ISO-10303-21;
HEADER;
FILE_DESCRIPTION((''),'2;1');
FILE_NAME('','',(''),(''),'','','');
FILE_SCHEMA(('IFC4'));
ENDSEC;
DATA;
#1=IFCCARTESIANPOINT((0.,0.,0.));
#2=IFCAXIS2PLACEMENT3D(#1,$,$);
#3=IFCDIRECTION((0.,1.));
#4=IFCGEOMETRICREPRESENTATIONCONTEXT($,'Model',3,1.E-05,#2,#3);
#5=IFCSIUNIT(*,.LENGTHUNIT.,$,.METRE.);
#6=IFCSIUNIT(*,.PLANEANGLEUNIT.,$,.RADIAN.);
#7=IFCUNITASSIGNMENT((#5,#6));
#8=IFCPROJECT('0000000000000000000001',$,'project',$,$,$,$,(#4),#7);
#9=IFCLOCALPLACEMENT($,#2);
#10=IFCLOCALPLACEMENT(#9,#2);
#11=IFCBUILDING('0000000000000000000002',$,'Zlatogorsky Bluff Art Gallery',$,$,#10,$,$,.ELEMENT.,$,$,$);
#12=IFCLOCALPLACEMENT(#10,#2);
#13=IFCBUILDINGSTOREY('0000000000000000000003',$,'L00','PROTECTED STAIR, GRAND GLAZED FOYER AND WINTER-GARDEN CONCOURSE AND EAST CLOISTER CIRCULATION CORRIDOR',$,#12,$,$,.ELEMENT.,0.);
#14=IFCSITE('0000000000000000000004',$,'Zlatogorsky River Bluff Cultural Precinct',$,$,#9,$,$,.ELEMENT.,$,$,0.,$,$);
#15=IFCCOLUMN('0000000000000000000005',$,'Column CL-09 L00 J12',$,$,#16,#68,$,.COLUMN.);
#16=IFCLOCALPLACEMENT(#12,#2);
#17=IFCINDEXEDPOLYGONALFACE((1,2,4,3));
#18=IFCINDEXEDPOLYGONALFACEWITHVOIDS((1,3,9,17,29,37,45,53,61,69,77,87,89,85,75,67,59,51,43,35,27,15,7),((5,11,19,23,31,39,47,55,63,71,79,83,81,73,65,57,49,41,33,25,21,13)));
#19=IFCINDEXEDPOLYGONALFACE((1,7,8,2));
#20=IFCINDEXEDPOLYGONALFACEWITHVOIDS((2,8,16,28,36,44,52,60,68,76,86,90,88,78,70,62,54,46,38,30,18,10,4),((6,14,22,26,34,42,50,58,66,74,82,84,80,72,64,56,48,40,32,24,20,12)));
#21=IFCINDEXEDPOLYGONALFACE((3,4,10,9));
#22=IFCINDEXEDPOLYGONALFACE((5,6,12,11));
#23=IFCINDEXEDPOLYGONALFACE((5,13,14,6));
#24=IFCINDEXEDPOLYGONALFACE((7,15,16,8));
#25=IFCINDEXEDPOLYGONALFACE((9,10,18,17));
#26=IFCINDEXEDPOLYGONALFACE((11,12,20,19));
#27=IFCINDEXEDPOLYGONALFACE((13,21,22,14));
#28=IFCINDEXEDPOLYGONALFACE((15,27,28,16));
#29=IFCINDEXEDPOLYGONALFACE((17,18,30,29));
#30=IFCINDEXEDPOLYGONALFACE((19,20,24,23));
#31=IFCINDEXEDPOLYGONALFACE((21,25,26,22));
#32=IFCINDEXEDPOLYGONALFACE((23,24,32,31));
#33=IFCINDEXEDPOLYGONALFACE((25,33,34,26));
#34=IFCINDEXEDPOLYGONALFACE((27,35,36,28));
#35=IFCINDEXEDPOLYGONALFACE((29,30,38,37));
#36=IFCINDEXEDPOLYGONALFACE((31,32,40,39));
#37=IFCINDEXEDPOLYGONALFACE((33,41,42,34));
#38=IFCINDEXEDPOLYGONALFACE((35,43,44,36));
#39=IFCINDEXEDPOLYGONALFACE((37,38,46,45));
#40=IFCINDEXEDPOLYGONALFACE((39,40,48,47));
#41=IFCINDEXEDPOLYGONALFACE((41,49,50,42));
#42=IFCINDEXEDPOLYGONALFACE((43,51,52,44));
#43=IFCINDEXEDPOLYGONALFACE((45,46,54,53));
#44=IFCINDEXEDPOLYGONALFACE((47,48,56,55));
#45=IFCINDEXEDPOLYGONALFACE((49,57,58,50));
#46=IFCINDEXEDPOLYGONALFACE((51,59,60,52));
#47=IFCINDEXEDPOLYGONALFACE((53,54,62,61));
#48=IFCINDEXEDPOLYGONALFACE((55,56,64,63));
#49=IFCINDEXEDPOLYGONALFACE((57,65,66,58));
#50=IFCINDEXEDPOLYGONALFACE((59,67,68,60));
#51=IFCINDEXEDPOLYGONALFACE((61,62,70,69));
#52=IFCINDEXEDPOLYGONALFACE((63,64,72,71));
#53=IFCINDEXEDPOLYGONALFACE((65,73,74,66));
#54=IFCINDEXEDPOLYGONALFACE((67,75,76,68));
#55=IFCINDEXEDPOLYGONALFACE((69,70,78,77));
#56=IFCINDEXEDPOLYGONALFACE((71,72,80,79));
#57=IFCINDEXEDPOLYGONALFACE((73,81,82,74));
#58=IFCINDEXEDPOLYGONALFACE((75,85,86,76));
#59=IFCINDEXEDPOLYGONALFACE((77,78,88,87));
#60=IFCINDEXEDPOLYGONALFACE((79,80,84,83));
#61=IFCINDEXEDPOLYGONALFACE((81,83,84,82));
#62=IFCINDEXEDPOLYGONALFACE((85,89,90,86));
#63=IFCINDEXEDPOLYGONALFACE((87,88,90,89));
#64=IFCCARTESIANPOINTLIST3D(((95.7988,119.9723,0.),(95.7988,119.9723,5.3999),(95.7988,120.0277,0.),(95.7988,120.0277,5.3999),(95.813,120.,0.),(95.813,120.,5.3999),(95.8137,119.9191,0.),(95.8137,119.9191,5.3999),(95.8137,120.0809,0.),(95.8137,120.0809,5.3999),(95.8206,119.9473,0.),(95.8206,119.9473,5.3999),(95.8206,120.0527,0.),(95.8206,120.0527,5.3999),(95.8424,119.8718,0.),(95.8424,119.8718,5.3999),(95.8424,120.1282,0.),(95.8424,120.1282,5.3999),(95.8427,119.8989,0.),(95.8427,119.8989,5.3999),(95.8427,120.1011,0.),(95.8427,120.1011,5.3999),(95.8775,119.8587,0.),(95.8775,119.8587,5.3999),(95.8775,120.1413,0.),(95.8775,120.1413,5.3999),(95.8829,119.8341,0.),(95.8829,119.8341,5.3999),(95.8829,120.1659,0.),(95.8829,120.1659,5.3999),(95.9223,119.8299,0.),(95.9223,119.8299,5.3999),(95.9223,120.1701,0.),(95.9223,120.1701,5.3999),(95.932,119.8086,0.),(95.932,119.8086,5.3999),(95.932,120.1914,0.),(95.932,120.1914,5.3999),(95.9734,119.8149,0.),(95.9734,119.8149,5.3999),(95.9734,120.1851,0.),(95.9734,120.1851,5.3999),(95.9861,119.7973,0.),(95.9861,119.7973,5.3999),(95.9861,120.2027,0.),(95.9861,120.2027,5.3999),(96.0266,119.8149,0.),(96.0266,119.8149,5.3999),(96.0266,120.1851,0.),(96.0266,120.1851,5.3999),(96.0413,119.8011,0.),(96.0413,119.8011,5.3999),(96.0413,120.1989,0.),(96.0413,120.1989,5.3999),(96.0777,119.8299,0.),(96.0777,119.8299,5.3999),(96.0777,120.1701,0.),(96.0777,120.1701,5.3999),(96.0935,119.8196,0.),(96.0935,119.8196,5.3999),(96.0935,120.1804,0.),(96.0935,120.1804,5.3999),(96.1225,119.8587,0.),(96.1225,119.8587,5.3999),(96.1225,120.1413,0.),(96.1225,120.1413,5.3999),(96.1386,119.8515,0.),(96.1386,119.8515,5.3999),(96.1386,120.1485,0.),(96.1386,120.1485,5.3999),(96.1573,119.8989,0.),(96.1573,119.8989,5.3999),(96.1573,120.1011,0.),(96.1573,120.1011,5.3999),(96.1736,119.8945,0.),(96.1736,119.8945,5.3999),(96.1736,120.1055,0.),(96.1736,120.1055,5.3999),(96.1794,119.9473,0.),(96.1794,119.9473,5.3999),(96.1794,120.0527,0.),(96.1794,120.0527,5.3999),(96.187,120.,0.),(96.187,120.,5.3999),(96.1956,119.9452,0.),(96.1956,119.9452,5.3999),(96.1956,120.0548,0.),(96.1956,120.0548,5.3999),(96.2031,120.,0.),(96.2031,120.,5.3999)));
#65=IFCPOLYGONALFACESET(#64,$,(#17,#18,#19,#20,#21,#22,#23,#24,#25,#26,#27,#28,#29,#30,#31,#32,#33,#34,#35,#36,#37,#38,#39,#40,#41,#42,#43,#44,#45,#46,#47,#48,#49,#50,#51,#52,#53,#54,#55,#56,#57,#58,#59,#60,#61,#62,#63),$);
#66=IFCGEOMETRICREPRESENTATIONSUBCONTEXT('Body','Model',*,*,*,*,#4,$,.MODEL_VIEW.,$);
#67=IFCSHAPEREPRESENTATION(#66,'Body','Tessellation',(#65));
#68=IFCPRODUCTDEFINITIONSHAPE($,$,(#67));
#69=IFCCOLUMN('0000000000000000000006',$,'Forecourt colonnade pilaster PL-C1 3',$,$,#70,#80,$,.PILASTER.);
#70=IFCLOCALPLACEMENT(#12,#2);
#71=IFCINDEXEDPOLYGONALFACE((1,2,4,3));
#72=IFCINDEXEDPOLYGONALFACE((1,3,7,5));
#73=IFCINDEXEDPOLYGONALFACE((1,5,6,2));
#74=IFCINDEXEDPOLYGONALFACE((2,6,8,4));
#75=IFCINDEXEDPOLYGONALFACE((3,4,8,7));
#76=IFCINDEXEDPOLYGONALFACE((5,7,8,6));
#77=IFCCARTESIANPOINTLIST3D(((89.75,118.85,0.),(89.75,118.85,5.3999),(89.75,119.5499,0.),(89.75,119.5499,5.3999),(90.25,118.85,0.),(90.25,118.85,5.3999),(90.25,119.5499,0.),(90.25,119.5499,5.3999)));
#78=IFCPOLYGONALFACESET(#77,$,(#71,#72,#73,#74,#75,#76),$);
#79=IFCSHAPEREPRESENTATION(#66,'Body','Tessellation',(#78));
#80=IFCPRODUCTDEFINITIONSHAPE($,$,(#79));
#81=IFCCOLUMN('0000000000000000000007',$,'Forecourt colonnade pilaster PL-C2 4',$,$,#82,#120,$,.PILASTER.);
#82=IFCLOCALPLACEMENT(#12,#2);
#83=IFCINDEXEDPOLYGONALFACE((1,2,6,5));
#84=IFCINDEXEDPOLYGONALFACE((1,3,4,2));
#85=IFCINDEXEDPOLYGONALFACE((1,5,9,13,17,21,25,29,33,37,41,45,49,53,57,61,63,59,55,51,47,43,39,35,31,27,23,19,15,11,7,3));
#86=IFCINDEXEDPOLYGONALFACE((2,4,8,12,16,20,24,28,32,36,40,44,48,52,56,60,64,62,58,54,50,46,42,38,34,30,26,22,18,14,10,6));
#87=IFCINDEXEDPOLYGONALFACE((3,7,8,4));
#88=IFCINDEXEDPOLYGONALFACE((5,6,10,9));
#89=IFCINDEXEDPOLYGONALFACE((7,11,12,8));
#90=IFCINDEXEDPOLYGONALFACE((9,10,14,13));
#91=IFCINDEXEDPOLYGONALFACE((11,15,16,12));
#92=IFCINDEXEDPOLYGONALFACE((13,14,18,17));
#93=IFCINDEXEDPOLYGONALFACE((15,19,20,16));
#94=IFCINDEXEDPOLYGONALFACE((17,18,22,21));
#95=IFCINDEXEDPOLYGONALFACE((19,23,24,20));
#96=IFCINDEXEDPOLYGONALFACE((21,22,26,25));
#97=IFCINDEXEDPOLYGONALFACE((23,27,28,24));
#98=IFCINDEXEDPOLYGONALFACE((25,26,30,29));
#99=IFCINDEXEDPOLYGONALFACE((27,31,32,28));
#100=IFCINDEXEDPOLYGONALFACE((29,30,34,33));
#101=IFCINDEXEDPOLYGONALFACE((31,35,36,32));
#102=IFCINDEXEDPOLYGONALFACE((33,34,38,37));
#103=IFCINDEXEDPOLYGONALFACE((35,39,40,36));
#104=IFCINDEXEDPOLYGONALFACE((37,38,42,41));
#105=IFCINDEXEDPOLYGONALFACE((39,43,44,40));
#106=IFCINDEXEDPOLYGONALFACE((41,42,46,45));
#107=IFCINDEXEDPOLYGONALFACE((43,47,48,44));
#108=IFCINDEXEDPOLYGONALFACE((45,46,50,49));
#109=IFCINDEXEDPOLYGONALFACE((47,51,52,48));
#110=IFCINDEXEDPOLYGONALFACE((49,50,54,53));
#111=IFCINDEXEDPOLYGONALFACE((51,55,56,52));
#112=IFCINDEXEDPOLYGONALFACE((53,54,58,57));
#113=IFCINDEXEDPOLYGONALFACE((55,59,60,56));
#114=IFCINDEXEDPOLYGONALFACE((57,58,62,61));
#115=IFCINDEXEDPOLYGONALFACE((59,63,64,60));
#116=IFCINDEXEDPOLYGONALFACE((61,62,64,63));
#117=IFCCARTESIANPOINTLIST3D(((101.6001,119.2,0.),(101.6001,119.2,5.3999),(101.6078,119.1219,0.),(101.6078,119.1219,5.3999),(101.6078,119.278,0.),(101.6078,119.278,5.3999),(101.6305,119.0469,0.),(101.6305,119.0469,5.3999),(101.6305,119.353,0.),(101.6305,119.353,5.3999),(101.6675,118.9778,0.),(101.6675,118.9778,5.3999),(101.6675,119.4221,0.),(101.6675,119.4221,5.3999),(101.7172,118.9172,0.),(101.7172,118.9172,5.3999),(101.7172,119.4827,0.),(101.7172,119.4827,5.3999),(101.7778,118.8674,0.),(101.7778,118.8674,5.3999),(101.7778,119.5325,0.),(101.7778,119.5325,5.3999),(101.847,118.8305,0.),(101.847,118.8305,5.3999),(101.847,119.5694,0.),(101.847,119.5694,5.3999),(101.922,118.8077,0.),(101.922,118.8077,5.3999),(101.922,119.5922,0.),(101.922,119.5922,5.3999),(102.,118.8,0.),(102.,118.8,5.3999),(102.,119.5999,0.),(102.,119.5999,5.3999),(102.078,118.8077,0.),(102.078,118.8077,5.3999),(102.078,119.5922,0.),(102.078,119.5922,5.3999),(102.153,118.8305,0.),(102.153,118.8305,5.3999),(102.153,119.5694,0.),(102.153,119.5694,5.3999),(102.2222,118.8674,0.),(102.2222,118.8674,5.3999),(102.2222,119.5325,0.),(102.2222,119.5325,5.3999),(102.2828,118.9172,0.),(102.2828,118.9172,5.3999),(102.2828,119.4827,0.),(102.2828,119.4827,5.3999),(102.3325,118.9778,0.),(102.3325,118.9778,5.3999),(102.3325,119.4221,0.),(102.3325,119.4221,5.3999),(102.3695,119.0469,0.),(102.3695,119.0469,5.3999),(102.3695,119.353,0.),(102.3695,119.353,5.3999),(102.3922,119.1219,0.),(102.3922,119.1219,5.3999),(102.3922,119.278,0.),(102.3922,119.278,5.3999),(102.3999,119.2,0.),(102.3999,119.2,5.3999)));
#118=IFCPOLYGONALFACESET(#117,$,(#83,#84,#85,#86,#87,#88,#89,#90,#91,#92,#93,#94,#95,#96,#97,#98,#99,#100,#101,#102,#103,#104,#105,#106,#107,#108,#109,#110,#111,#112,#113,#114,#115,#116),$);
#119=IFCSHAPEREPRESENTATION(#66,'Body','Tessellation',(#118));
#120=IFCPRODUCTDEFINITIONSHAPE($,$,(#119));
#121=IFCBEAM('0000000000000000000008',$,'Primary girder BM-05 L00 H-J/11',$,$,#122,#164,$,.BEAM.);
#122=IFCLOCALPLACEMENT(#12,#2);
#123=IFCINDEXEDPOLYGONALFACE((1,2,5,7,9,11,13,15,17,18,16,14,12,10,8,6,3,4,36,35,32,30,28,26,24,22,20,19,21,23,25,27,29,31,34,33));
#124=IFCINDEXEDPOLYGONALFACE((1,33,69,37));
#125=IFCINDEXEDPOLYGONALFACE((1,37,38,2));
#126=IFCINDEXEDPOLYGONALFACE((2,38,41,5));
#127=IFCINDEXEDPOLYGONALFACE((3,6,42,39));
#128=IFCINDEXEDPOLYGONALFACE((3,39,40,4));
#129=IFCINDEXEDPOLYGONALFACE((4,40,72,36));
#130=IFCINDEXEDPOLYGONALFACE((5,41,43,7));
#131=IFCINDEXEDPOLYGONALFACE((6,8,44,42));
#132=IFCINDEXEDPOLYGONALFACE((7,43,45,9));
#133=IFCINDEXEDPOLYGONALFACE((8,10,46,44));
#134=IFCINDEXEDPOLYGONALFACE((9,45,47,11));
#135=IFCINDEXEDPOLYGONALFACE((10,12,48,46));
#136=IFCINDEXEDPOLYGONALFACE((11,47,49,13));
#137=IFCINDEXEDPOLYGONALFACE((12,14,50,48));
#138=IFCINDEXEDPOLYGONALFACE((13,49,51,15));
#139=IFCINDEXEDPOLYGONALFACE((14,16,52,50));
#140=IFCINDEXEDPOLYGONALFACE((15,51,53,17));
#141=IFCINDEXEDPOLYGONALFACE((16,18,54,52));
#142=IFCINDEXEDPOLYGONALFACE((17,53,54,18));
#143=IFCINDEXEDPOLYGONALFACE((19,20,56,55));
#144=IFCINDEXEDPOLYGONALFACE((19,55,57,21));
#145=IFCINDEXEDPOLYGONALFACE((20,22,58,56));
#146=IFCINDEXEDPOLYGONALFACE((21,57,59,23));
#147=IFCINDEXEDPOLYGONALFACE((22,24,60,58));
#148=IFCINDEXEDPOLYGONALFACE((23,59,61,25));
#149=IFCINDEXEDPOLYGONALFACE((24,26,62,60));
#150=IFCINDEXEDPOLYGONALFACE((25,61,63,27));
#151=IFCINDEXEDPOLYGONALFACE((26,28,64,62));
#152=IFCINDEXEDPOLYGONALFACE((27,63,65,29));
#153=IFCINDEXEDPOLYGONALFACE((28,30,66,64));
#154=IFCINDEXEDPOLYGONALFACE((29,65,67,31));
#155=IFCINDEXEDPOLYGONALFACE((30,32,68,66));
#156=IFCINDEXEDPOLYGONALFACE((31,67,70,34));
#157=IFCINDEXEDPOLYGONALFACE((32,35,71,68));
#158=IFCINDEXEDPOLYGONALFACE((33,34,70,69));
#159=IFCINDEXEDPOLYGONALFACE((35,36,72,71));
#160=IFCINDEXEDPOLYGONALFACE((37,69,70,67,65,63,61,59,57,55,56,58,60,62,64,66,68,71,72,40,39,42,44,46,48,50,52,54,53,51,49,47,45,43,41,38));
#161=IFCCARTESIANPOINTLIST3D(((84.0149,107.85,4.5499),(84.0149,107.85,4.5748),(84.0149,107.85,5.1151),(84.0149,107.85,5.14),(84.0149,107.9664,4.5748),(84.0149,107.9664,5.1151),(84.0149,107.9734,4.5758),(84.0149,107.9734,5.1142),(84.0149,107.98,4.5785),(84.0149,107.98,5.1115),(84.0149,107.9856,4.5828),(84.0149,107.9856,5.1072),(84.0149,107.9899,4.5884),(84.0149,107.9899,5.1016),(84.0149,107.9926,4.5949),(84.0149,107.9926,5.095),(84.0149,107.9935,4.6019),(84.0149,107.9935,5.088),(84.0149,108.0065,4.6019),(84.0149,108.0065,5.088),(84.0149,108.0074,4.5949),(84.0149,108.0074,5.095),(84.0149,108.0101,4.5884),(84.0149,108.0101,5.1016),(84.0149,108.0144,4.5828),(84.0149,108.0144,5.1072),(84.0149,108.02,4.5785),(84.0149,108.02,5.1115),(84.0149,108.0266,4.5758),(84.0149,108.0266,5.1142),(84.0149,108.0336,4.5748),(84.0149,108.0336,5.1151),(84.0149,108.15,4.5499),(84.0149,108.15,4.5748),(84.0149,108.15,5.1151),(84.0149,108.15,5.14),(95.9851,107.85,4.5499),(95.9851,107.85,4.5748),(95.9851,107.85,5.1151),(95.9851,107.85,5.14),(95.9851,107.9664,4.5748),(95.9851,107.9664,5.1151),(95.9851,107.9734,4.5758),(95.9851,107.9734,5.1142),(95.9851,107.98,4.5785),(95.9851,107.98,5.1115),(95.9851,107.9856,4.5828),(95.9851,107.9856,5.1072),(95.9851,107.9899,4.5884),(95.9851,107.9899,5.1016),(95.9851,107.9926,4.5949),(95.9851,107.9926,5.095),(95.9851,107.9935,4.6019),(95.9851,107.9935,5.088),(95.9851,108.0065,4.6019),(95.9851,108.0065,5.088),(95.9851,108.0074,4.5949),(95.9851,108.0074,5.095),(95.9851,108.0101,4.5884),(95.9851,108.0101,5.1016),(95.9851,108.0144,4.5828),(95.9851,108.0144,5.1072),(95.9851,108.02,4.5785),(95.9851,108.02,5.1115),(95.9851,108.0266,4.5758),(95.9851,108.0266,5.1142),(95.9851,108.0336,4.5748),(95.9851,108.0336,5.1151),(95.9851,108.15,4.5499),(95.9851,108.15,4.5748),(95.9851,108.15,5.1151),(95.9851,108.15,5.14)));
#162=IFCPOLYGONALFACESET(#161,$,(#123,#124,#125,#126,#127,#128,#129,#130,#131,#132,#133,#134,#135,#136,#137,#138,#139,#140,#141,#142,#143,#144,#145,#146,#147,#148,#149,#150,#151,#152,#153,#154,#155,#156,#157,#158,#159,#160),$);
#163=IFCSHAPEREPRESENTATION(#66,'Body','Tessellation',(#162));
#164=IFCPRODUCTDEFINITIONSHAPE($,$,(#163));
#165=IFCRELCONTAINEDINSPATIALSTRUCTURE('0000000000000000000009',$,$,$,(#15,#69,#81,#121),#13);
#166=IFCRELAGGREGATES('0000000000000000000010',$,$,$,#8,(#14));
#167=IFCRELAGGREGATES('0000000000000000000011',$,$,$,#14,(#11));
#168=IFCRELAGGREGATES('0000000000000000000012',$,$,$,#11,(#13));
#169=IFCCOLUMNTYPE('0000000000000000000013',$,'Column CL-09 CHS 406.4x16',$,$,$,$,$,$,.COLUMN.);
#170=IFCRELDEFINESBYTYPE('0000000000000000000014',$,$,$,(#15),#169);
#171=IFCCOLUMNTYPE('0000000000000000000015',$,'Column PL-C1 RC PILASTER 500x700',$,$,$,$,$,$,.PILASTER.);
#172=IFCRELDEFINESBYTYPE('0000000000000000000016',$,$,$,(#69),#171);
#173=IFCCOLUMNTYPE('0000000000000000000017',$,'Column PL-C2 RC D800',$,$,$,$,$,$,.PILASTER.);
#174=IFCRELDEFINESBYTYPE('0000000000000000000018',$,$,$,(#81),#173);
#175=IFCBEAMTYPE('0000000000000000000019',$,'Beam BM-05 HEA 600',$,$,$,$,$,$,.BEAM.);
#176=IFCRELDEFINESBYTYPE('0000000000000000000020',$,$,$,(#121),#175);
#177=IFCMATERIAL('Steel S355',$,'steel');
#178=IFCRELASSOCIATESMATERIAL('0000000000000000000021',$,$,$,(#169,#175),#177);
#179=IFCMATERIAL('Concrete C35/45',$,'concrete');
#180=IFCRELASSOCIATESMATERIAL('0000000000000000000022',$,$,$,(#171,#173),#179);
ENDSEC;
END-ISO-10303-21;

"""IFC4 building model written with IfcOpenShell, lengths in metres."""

from ifc_helpers import new_model, si_unit, direction, frame, origin, origin_2d, place, context, subcontext, project, spatial, rectangle, circle, hollow_circle, i_section, extrude, material, material_profile, profile_set, type_object, element, save


model = new_model("IFC4")

# Units and contexts
model_context = context("Model", 3, precision=1e-05, world=origin(), true_north=direction((0.0, 1.0)))
body_context = subcontext(model_context, "Body", "Model", "MODEL_VIEW")
ifc_project = project(units=[si_unit("LENGTHUNIT", "METRE"), si_unit("PLANEANGLEUNIT", "RADIAN")], contexts=[model_context])

# Site, building, storey
site_placement = place(None, origin())
site = spatial("IfcSite", under=ifc_project, at=site_placement, Name="Zlatogorsky River Bluff Cultural Precinct", CompositionType="ELEMENT", RefElevation=0.0)
building_placement = place(site_placement, origin())
building = spatial("IfcBuilding", under=site, at=building_placement, Name="Zlatogorsky Bluff Art Gallery", CompositionType="ELEMENT")
storey_placement = place(building_placement, origin())
storey = spatial("IfcBuildingStorey", under=building, at=storey_placement, Name="L00", Description="PROTECTED STAIR, GRAND GLAZED FOYER AND WINTER-GARDEN CONCOURSE AND EAST CLOISTER CIRCULATION CORRIDOR", CompositionType="ELEMENT", Elevation=0.0)

# Columns
ifc_material_1 = material(Name="Steel S355", Category="steel")
ifc_material_profile_1 = material_profile(ifc_material_1, hollow_circle(Radius=0.2031, WallThickness=0.0161, at=origin_2d()), Name="CHS 406.4x16")
ifc_profile_set_1 = profile_set([ifc_material_profile_1], Name="Steel S355")
column_type_1 = type_object("IfcColumnType", Name="Column CL-09 CHS 406.4x16", PredefinedType="COLUMN", material=ifc_profile_set_1)
for number, where, z_axis, x_axis, name in (
    (1, (96.0, 120.0, 0.0), (0.0, 0.0, 1.0), (1.0, 0.0, 0.0), "Column CL-09 L00 J12"),
):
    element("IfcColumn", number, at=place(storey_placement, frame(where, z_axis=z_axis, x_axis=x_axis)), inside=storey, type_object=column_type_1, Name=name, PredefinedType="COLUMN", context=body_context, shape_type="SweptSolid", body=[
        extrude(hollow_circle(Radius=0.2031, WallThickness=0.0161, at=origin_2d()), origin(), (0.0, 0.0, 1.0), 5.3999),
    ])
ifc_material_2 = material(Name="Concrete C35/45", Category="concrete")
ifc_material_profile_2 = material_profile(ifc_material_2, rectangle(XDim=0.5, YDim=0.7, at=origin_2d()), Name="RC PILASTER 500x700")
ifc_profile_set_2 = profile_set([ifc_material_profile_2], Name="Concrete C35/45")
column_type_2 = type_object("IfcColumnType", Name="Column PL-C1 RC PILASTER 500x700", PredefinedType="PILASTER", material=ifc_profile_set_2)
column_1_placement = place(storey_placement, frame((90.0, 119.2, 0.0), z_axis=(0.0, 0.0, 1.0), x_axis=(1.0, 0.0, 0.0)))
element("IfcColumn", 2, at=column_1_placement, inside=storey, type_object=column_type_2, Name="Forecourt colonnade pilaster PL-C1 3", PredefinedType="PILASTER", context=body_context, shape_type="SweptSolid", body=[
    extrude(rectangle(XDim=0.5, YDim=0.7, at=origin_2d()), origin(), (0.0, 0.0, 1.0), 5.3999),
])
ifc_material_profile_3 = material_profile(ifc_material_2, circle(Radius=0.3999, at=origin_2d()), Name="RC D800")
ifc_profile_set_3 = profile_set([ifc_material_profile_3], Name="Concrete C35/45")
column_type_3 = type_object("IfcColumnType", Name="Column PL-C2 RC D800", PredefinedType="PILASTER", material=ifc_profile_set_3)
column_2_placement = place(storey_placement, frame((102.0, 119.2, 0.0), z_axis=(0.0, 0.0, 1.0), x_axis=(1.0, 0.0, 0.0)))
element("IfcColumn", 3, at=column_2_placement, inside=storey, type_object=column_type_3, Name="Forecourt colonnade pilaster PL-C2 4", PredefinedType="PILASTER", context=body_context, shape_type="SweptSolid", body=[
    extrude(circle(Radius=0.3999, at=origin_2d()), origin(), (0.0, 0.0, 1.0), 5.3999),
])

# Beam
ifc_material_profile_4 = material_profile(ifc_material_1, i_section(OverallWidth=0.3, OverallDepth=0.5901, WebThickness=0.0129, FlangeThickness=0.0249, FilletRadius=0.0271, at=origin_2d()), Name="HEA 600")
ifc_profile_set_4 = profile_set([ifc_material_profile_4], Name="Steel S355")
beam_type_1 = type_object("IfcBeamType", Name="Beam BM-05 HEA 600", PredefinedType="BEAM", material=ifc_profile_set_4)
for number, where, z_axis, x_axis, name in (
    (4, (84.0149, 108.0, 4.845), (1.0, 0.0, 0.0), (0.0, 1.0, 0.0), "Primary girder BM-05 L00 H-J/11"),
):
    element("IfcBeam", number, at=place(storey_placement, frame(where, z_axis=z_axis, x_axis=x_axis)), inside=storey, type_object=beam_type_1, Name=name, PredefinedType="BEAM", context=body_context, shape_type="SweptSolid", body=[
        extrude(i_section(OverallWidth=0.3, OverallDepth=0.5901, WebThickness=0.0129, FlangeThickness=0.0249, FilletRadius=0.0271, at=origin_2d()), origin(), (0.0, 0.0, 1.0), 11.9702),
    ])

save(model, "model.ifc")
